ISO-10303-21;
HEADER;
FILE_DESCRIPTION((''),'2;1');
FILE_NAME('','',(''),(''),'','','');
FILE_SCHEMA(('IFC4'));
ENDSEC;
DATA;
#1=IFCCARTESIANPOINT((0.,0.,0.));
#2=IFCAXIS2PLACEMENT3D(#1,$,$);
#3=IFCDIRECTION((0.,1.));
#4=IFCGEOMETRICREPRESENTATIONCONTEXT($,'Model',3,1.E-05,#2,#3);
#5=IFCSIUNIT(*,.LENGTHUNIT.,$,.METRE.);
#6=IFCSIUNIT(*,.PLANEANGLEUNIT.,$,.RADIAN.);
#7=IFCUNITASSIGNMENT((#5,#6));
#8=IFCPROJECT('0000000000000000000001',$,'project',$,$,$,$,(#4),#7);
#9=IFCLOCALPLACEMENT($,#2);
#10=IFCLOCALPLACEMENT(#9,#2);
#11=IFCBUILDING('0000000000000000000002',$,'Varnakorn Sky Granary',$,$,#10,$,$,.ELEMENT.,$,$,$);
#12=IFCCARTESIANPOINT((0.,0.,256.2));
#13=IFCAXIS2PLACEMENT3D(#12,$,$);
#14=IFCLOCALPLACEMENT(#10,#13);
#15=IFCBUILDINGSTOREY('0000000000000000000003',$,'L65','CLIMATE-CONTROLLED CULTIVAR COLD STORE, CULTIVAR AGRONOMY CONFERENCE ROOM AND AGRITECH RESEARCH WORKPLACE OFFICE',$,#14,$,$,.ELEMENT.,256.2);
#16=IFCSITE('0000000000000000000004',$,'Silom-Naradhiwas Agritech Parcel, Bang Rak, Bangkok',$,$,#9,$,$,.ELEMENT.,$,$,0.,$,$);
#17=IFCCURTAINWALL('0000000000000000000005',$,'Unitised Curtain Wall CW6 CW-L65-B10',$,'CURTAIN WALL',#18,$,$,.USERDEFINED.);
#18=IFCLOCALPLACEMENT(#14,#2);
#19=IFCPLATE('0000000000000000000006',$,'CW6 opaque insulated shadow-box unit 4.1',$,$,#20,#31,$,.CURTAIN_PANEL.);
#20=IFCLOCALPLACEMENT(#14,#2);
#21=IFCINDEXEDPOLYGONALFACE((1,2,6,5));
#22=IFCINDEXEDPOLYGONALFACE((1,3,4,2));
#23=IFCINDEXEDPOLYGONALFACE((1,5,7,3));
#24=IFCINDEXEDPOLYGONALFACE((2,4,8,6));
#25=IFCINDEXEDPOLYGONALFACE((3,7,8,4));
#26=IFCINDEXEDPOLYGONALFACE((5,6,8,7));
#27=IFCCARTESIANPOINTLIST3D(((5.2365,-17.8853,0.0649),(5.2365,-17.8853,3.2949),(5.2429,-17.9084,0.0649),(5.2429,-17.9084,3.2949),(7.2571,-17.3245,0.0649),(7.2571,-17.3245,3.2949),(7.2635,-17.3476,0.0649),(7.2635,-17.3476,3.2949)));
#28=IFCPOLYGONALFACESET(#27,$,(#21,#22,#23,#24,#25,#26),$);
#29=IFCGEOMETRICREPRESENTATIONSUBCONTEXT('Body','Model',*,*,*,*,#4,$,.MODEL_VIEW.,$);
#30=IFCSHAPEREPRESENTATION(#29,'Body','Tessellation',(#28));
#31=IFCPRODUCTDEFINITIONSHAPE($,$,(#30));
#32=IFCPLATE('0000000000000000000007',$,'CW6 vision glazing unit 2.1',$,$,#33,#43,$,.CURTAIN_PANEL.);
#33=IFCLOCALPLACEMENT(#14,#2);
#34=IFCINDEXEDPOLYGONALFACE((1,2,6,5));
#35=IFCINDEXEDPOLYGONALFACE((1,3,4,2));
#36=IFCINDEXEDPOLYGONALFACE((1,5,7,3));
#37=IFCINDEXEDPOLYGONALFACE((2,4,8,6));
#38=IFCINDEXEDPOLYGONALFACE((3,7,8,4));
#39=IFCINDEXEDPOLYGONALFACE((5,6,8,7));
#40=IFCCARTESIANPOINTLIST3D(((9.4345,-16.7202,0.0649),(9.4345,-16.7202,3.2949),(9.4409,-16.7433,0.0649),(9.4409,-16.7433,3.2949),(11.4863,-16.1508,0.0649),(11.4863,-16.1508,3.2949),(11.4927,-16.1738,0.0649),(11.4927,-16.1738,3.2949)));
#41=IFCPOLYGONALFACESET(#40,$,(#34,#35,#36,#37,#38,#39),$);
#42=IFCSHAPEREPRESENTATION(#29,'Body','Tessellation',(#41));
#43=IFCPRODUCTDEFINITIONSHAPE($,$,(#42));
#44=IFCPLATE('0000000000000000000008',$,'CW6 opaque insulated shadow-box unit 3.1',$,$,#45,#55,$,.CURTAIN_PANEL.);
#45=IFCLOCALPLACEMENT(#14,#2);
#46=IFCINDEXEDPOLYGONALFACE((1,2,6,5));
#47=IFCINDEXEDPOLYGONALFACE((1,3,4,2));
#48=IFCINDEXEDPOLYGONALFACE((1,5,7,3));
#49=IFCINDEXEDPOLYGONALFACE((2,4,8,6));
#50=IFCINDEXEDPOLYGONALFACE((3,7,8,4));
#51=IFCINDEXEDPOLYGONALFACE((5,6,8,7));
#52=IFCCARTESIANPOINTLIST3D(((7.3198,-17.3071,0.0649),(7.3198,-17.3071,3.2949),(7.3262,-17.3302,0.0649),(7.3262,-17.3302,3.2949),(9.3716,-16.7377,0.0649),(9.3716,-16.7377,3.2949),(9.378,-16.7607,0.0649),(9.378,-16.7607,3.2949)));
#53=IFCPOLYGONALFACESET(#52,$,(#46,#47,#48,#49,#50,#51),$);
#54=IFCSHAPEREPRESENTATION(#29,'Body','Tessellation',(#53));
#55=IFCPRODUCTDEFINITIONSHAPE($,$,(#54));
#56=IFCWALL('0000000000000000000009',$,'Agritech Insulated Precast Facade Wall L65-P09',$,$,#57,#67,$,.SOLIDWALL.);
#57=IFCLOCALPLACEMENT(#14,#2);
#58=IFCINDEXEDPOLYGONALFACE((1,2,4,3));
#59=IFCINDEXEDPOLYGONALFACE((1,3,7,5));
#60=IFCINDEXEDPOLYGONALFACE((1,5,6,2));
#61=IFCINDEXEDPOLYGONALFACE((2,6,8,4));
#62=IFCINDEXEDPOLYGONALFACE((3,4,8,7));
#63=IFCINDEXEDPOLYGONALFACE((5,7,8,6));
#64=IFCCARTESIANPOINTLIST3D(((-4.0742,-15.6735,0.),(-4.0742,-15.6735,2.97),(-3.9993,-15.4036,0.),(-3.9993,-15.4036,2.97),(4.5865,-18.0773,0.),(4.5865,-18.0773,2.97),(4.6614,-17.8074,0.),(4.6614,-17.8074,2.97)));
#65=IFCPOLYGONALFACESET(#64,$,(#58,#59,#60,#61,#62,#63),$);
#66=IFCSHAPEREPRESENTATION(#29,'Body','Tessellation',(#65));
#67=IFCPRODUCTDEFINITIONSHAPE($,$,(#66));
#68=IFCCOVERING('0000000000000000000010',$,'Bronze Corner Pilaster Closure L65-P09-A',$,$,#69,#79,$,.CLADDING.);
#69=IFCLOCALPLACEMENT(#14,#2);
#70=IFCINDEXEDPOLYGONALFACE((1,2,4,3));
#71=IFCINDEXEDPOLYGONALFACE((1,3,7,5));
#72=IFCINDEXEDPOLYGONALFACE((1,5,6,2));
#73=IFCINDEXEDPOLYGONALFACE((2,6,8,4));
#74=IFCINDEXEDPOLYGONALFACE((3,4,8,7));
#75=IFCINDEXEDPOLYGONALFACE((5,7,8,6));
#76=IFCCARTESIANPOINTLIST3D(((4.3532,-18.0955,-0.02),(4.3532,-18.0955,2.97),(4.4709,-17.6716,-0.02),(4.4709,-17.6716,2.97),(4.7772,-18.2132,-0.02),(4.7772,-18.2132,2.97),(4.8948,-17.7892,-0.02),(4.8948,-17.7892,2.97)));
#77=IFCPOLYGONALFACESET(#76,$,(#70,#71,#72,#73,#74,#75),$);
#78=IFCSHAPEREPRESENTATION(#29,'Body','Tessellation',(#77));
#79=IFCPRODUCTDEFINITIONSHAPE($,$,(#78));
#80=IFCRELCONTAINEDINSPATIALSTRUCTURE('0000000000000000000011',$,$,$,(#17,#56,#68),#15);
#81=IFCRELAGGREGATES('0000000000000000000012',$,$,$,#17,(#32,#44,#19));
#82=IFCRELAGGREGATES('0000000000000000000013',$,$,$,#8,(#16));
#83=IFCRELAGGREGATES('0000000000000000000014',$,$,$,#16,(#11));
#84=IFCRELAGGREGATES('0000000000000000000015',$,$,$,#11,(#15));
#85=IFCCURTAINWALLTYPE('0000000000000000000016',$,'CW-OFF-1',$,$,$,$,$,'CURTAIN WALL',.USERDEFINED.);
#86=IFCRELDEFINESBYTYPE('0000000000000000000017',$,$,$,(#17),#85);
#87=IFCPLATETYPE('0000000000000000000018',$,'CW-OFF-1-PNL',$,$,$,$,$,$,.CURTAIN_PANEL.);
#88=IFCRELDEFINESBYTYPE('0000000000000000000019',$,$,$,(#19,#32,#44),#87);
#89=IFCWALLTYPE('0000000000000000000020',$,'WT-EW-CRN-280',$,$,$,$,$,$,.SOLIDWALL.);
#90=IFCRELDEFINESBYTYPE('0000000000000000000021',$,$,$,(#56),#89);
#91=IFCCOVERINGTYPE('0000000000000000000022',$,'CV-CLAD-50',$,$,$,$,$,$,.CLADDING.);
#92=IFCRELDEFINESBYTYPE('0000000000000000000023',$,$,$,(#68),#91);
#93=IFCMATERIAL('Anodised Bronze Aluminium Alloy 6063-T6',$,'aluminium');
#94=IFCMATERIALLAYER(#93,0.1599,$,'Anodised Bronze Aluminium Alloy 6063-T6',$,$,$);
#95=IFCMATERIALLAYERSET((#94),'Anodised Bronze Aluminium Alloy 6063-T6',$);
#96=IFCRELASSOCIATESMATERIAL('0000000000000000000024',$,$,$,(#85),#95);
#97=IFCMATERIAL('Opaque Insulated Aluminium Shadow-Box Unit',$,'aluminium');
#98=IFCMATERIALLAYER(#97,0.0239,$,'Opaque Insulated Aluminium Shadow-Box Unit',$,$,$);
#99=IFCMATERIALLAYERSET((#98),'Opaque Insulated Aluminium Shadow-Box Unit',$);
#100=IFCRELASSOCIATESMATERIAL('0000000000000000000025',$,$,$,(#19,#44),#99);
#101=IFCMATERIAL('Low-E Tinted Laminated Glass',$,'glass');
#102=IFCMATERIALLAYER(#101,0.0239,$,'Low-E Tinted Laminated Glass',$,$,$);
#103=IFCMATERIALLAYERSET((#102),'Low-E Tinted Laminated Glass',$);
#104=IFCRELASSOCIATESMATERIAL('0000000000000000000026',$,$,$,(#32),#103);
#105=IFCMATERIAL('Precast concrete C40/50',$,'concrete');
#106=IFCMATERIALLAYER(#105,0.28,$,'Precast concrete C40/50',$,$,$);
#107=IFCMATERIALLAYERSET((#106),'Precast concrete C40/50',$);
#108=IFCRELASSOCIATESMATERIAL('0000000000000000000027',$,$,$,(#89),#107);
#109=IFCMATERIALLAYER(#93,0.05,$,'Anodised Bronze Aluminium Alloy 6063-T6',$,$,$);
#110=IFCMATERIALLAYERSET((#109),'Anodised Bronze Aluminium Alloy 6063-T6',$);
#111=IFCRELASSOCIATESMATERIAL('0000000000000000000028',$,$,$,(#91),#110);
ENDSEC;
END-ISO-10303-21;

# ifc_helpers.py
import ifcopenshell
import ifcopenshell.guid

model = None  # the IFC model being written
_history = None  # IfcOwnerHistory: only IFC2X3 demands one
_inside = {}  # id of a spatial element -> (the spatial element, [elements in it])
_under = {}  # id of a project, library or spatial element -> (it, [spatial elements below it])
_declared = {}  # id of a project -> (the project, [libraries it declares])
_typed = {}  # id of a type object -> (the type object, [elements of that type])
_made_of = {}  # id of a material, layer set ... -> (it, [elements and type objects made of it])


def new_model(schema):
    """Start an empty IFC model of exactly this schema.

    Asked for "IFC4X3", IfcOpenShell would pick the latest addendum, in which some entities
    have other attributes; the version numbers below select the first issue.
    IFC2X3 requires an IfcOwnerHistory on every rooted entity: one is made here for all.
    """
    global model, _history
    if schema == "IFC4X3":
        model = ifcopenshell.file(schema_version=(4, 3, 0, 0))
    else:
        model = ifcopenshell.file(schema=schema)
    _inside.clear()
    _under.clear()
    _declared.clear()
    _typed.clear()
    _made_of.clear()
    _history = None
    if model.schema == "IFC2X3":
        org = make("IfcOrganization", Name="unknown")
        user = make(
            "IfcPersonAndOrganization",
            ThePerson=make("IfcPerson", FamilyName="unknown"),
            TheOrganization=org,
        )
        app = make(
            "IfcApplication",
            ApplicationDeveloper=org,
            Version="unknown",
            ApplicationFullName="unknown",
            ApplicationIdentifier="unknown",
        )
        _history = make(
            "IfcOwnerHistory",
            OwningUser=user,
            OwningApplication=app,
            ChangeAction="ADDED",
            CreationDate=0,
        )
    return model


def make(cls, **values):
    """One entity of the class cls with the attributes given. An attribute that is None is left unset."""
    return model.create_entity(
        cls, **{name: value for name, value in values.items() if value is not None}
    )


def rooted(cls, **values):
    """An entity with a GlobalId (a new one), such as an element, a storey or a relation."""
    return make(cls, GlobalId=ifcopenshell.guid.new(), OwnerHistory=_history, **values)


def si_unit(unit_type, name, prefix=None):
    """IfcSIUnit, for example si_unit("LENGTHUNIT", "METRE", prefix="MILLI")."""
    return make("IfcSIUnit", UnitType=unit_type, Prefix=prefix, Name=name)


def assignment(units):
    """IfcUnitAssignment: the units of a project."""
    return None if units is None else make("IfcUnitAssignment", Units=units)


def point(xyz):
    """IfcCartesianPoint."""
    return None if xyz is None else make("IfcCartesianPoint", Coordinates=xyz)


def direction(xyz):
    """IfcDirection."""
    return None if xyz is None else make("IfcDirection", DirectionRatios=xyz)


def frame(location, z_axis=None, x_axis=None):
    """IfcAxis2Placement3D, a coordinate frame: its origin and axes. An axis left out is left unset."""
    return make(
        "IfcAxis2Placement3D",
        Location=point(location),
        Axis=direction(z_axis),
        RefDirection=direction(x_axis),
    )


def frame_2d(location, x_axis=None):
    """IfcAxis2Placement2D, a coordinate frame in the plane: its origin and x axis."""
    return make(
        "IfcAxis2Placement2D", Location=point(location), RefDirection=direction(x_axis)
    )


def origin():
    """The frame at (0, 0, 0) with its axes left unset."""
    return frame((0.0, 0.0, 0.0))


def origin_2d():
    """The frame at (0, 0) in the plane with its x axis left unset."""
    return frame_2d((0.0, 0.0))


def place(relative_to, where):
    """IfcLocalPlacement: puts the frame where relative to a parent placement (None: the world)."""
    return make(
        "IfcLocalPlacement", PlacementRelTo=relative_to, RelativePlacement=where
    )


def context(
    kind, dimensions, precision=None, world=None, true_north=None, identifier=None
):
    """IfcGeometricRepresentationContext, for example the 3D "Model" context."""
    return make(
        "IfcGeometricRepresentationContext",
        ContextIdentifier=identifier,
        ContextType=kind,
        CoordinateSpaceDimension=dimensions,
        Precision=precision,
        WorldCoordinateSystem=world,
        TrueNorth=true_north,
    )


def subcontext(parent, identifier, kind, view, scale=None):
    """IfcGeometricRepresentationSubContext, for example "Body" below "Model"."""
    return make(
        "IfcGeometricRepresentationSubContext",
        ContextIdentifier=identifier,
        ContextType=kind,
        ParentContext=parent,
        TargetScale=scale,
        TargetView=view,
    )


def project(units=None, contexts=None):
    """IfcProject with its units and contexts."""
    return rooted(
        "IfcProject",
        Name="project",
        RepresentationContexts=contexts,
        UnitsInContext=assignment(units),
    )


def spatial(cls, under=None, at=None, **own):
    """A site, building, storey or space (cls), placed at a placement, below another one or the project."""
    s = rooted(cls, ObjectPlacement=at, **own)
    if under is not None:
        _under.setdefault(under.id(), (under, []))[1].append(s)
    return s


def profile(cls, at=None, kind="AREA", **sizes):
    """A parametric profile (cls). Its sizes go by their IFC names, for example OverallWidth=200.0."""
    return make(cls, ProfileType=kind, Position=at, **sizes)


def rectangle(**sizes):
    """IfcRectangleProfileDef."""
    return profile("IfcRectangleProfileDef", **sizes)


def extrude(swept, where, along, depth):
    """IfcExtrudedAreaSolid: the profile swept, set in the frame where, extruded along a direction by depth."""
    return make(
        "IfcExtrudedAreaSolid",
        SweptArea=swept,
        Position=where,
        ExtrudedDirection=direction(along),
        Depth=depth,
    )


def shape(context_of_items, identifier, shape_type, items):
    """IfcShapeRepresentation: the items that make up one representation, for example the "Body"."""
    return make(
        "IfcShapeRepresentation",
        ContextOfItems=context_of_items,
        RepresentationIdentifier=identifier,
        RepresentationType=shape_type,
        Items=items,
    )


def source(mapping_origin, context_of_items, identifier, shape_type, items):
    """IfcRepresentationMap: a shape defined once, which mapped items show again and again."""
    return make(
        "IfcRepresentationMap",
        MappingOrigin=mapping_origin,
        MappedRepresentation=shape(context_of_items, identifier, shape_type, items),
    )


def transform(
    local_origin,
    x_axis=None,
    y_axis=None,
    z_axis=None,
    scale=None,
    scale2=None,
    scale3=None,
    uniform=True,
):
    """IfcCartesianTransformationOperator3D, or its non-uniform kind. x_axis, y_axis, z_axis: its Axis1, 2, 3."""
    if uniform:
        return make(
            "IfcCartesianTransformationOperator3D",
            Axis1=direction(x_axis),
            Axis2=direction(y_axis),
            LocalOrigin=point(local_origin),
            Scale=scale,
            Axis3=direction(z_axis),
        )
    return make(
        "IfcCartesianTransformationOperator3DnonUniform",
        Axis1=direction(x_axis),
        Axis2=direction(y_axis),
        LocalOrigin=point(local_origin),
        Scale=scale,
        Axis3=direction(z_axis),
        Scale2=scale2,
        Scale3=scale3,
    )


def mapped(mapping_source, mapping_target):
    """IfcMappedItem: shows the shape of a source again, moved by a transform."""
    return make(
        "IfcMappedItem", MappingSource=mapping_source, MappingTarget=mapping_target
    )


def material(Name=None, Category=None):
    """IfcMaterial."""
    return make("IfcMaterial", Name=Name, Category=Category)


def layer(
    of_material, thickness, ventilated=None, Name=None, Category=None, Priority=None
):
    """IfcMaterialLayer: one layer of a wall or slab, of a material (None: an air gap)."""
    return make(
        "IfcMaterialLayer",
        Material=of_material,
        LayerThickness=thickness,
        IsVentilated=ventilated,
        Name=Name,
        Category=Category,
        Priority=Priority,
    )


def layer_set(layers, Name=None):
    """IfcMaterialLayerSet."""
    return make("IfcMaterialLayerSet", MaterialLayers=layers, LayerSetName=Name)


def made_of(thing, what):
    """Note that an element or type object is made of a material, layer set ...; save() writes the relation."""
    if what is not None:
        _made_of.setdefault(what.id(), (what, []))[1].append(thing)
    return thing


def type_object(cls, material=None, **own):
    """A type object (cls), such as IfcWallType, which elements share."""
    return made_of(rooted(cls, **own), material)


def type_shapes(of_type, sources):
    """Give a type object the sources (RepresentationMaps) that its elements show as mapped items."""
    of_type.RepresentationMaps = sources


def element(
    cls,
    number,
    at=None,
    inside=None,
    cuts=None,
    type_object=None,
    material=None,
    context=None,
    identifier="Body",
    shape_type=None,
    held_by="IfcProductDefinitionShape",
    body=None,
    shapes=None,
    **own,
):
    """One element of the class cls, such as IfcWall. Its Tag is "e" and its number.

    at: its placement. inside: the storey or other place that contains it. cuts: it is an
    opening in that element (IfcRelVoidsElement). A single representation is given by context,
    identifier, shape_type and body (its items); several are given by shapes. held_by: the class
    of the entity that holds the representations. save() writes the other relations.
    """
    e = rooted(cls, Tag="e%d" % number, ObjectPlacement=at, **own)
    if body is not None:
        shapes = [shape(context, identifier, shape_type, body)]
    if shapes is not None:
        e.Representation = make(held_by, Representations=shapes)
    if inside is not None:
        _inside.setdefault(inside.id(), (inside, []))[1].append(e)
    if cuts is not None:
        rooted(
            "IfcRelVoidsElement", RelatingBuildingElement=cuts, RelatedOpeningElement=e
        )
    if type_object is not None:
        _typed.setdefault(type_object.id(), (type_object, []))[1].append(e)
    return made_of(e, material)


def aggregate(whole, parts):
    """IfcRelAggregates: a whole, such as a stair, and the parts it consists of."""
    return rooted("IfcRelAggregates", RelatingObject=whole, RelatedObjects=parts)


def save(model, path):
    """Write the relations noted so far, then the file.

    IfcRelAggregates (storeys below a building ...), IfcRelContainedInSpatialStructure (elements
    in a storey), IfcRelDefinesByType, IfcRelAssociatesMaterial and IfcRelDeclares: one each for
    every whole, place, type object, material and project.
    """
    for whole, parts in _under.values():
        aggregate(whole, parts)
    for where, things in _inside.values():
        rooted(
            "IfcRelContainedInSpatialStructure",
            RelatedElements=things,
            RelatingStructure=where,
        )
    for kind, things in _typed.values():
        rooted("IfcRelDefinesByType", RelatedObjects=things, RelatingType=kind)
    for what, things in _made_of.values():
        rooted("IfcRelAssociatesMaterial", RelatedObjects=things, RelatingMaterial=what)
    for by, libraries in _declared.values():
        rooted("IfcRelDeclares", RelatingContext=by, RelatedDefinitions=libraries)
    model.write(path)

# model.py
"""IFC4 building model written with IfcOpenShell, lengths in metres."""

from ifc_helpers import new_model, si_unit, direction, frame, frame_2d, origin, origin_2d, place, context, subcontext, project, spatial, rectangle, extrude, source, transform, mapped, material, layer, layer_set, type_object, type_shapes, element, aggregate, save


model = new_model("IFC4")

# Units and contexts
model_context = context("Model", 3, precision=1e-05, world=origin(), true_north=direction((0.0, 1.0)))
body_context = subcontext(model_context, "Body", "Model", "MODEL_VIEW")
ifc_project = project(units=[si_unit("LENGTHUNIT", "METRE"), si_unit("PLANEANGLEUNIT", "RADIAN")], contexts=[model_context])

# Site, building, storey
site_placement = place(None, origin())
site = spatial("IfcSite", under=ifc_project, at=site_placement, Name="Silom-Naradhiwas Agritech Parcel, Bang Rak, Bangkok", CompositionType="ELEMENT", RefElevation=0.0)
building_placement = place(site_placement, origin())
building = spatial("IfcBuilding", under=site, at=building_placement, Name="Varnakorn Sky Granary", CompositionType="ELEMENT")
storey_placement = place(building_placement, frame((0.0, 0.0, 256.2)))
storey = spatial("IfcBuildingStorey", under=building, at=storey_placement, Name="L65", Description="CLIMATE-CONTROLLED CULTIVAR COLD STORE, CULTIVAR AGRONOMY CONFERENCE ROOM AND AGRITECH RESEARCH WORKPLACE OFFICE", CompositionType="ELEMENT", Elevation=256.2)

# Curtain wall
ifc_material_1 = material(Name="Anodised Bronze Aluminium Alloy 6063-T6", Category="aluminium")
ifc_layer_1 = layer(ifc_material_1, 0.1599, Name="Anodised Bronze Aluminium Alloy 6063-T6")
ifc_layer_set_1 = layer_set([ifc_layer_1], Name="Anodised Bronze Aluminium Alloy 6063-T6")
curtain_wall_type = type_object("IfcCurtainWallType", Name="CW-OFF-1", ElementType="CURTAIN WALL", PredefinedType="USERDEFINED", material=ifc_layer_set_1)
curtain_wall_placement = place(storey_placement, origin())
curtain_wall = element("IfcCurtainWall", 1, at=curtain_wall_placement, inside=storey, type_object=curtain_wall_type, Name="Unitised Curtain Wall CW6 CW-L65-B10", ObjectType="CURTAIN WALL", PredefinedType="USERDEFINED")

# Plates
ifc_material_2 = material(Name="Opaque Insulated Aluminium Shadow-Box Unit", Category="aluminium")
ifc_layer_2 = layer(ifc_material_2, 0.0239, Name="Opaque Insulated Aluminium Shadow-Box Unit")
ifc_layer_set_2 = layer_set([ifc_layer_2], Name="Opaque Insulated Aluminium Shadow-Box Unit")
plate_type = type_object("IfcPlateType", Name="CW-OFF-1-PNL", PredefinedType="CURTAIN_PANEL")
shared_shape_1 = source(origin(), body_context, "Body", "SweptSolid", [
    extrude(rectangle(XDim=2.0969, YDim=0.0239, at=origin_2d()), origin(), (0.0, 0.0, 1.0), 3.23),
])
plate_1_placement = place(storey_placement, frame((6.25, -17.6165, 0.0649), z_axis=(0.0, 0.0, 1.0), x_axis=(-0.963577, -0.267429, 0.0)))
plate_1 = element("IfcPlate", 2, at=plate_1_placement, type_object=plate_type, material=ifc_layer_set_2, Name="CW6 opaque insulated shadow-box unit 4.1", PredefinedType="CURTAIN_PANEL", context=body_context, shape_type="MappedRepresentation", body=[
    mapped(shared_shape_1, transform((0.0, 0.0, 0.0), x_axis=(1.0, 0.0, 0.0), y_axis=(0.0, 1.0, 0.0), z_axis=(0.0, 0.0, 1.0), scale=1.0)),
])
ifc_material_3 = material(Name="Low-E Tinted Laminated Glass", Category="glass")
ifc_layer_3 = layer(ifc_material_3, 0.0239, Name="Low-E Tinted Laminated Glass")
ifc_layer_set_3 = layer_set([ifc_layer_3], Name="Low-E Tinted Laminated Glass")
shared_shape_2 = source(origin(), body_context, "Body", "SweptSolid", [
    extrude(rectangle(XDim=2.1294, YDim=0.0239, at=origin_2d()), origin(), (0.0, 0.0, 1.0), 3.23),
])
type_shapes(plate_type, [shared_shape_1, shared_shape_2])
plate_2_placement = place(storey_placement, frame((10.4636, -16.447, 0.0649), z_axis=(0.0, 0.0, 1.0), x_axis=(-0.963577, -0.267429, 0.0)))
plate_2 = element("IfcPlate", 3, at=plate_2_placement, type_object=plate_type, material=ifc_layer_set_3, Name="CW6 vision glazing unit 2.1", PredefinedType="CURTAIN_PANEL", context=body_context, shape_type="MappedRepresentation", body=[
    mapped(shared_shape_2, transform((0.0, 0.0, 0.0), x_axis=(1.0, 0.0, 0.0), y_axis=(0.0, 1.0, 0.0), z_axis=(0.0, 0.0, 1.0), scale=1.0)),
])
plate_3_placement = place(storey_placement, frame((8.3489, -17.0339, 0.0649), z_axis=(0.0, 0.0, 1.0), x_axis=(-0.963577, -0.267429, 0.0)))
plate_3 = element("IfcPlate", 4, at=plate_3_placement, type_object=plate_type, material=ifc_layer_set_2, Name="CW6 opaque insulated shadow-box unit 3.1", PredefinedType="CURTAIN_PANEL", context=body_context, shape_type="MappedRepresentation", body=[
    mapped(shared_shape_2, transform((0.0, 0.0, 0.0), x_axis=(1.0, 0.0, 0.0), y_axis=(0.0, 1.0, 0.0), z_axis=(0.0, 0.0, 1.0), scale=1.0)),
])
aggregate(curtain_wall, [plate_2, plate_3, plate_1])

# Wall
ifc_material_4 = material(Name="Precast concrete C40/50", Category="concrete")
ifc_layer_4 = layer(ifc_material_4, 0.28, Name="Precast concrete C40/50")
ifc_layer_set_4 = layer_set([ifc_layer_4], Name="Precast concrete C40/50")
wall_type = type_object("IfcWallType", Name="WT-EW-CRN-280", PredefinedType="SOLIDWALL", material=ifc_layer_set_4)
wall_placement = place(storey_placement, frame((4.624, -17.9424, 0.0), z_axis=(0.0, 0.0, 1.0), x_axis=(-0.963573, 0.267445, 0.0)))
element("IfcWall", 5, at=wall_placement, inside=storey, type_object=wall_type, Name="Agritech Insulated Precast Facade Wall L65-P09", PredefinedType="SOLIDWALL", context=body_context, shape_type="SweptSolid", body=[
    extrude(rectangle(XDim=8.988, YDim=0.28, at=frame_2d((4.4941, 0.0))), origin(), (0.0, 0.0, 1.0), 2.97),
])

# Covering
ifc_layer_5 = layer(ifc_material_1, 0.05, Name="Anodised Bronze Aluminium Alloy 6063-T6")
ifc_layer_set_5 = layer_set([ifc_layer_5], Name="Anodised Bronze Aluminium Alloy 6063-T6")
covering_type = type_object("IfcCoveringType", Name="CV-CLAD-50", PredefinedType="CLADDING", material=ifc_layer_set_5)
shared_shape_3 = source(origin(), body_context, "Body", "SweptSolid", [
    extrude(rectangle(XDim=0.4399, YDim=0.4399, at=origin_2d()), origin(), (0.0, 0.0, 1.0), 2.99),
])
type_shapes(covering_type, [shared_shape_3])
covering_placement = place(storey_placement, frame((4.624, -17.9424, -0.02), z_axis=(0.0, 0.0, 1.0), x_axis=(-0.963584, 0.267407, 0.0)))
element("IfcCovering", 6, at=covering_placement, inside=storey, type_object=covering_type, Name="Bronze Corner Pilaster Closure L65-P09-A", PredefinedType="CLADDING", context=body_context, shape_type="MappedRepresentation", body=[
    mapped(shared_shape_3, transform((0.0, 0.0, 0.0), x_axis=(1.0, 0.0, 0.0), y_axis=(0.0, 1.0, 0.0), z_axis=(0.0, 0.0, 1.0), scale=1.0)),
])

save(model, "model.ifc")
